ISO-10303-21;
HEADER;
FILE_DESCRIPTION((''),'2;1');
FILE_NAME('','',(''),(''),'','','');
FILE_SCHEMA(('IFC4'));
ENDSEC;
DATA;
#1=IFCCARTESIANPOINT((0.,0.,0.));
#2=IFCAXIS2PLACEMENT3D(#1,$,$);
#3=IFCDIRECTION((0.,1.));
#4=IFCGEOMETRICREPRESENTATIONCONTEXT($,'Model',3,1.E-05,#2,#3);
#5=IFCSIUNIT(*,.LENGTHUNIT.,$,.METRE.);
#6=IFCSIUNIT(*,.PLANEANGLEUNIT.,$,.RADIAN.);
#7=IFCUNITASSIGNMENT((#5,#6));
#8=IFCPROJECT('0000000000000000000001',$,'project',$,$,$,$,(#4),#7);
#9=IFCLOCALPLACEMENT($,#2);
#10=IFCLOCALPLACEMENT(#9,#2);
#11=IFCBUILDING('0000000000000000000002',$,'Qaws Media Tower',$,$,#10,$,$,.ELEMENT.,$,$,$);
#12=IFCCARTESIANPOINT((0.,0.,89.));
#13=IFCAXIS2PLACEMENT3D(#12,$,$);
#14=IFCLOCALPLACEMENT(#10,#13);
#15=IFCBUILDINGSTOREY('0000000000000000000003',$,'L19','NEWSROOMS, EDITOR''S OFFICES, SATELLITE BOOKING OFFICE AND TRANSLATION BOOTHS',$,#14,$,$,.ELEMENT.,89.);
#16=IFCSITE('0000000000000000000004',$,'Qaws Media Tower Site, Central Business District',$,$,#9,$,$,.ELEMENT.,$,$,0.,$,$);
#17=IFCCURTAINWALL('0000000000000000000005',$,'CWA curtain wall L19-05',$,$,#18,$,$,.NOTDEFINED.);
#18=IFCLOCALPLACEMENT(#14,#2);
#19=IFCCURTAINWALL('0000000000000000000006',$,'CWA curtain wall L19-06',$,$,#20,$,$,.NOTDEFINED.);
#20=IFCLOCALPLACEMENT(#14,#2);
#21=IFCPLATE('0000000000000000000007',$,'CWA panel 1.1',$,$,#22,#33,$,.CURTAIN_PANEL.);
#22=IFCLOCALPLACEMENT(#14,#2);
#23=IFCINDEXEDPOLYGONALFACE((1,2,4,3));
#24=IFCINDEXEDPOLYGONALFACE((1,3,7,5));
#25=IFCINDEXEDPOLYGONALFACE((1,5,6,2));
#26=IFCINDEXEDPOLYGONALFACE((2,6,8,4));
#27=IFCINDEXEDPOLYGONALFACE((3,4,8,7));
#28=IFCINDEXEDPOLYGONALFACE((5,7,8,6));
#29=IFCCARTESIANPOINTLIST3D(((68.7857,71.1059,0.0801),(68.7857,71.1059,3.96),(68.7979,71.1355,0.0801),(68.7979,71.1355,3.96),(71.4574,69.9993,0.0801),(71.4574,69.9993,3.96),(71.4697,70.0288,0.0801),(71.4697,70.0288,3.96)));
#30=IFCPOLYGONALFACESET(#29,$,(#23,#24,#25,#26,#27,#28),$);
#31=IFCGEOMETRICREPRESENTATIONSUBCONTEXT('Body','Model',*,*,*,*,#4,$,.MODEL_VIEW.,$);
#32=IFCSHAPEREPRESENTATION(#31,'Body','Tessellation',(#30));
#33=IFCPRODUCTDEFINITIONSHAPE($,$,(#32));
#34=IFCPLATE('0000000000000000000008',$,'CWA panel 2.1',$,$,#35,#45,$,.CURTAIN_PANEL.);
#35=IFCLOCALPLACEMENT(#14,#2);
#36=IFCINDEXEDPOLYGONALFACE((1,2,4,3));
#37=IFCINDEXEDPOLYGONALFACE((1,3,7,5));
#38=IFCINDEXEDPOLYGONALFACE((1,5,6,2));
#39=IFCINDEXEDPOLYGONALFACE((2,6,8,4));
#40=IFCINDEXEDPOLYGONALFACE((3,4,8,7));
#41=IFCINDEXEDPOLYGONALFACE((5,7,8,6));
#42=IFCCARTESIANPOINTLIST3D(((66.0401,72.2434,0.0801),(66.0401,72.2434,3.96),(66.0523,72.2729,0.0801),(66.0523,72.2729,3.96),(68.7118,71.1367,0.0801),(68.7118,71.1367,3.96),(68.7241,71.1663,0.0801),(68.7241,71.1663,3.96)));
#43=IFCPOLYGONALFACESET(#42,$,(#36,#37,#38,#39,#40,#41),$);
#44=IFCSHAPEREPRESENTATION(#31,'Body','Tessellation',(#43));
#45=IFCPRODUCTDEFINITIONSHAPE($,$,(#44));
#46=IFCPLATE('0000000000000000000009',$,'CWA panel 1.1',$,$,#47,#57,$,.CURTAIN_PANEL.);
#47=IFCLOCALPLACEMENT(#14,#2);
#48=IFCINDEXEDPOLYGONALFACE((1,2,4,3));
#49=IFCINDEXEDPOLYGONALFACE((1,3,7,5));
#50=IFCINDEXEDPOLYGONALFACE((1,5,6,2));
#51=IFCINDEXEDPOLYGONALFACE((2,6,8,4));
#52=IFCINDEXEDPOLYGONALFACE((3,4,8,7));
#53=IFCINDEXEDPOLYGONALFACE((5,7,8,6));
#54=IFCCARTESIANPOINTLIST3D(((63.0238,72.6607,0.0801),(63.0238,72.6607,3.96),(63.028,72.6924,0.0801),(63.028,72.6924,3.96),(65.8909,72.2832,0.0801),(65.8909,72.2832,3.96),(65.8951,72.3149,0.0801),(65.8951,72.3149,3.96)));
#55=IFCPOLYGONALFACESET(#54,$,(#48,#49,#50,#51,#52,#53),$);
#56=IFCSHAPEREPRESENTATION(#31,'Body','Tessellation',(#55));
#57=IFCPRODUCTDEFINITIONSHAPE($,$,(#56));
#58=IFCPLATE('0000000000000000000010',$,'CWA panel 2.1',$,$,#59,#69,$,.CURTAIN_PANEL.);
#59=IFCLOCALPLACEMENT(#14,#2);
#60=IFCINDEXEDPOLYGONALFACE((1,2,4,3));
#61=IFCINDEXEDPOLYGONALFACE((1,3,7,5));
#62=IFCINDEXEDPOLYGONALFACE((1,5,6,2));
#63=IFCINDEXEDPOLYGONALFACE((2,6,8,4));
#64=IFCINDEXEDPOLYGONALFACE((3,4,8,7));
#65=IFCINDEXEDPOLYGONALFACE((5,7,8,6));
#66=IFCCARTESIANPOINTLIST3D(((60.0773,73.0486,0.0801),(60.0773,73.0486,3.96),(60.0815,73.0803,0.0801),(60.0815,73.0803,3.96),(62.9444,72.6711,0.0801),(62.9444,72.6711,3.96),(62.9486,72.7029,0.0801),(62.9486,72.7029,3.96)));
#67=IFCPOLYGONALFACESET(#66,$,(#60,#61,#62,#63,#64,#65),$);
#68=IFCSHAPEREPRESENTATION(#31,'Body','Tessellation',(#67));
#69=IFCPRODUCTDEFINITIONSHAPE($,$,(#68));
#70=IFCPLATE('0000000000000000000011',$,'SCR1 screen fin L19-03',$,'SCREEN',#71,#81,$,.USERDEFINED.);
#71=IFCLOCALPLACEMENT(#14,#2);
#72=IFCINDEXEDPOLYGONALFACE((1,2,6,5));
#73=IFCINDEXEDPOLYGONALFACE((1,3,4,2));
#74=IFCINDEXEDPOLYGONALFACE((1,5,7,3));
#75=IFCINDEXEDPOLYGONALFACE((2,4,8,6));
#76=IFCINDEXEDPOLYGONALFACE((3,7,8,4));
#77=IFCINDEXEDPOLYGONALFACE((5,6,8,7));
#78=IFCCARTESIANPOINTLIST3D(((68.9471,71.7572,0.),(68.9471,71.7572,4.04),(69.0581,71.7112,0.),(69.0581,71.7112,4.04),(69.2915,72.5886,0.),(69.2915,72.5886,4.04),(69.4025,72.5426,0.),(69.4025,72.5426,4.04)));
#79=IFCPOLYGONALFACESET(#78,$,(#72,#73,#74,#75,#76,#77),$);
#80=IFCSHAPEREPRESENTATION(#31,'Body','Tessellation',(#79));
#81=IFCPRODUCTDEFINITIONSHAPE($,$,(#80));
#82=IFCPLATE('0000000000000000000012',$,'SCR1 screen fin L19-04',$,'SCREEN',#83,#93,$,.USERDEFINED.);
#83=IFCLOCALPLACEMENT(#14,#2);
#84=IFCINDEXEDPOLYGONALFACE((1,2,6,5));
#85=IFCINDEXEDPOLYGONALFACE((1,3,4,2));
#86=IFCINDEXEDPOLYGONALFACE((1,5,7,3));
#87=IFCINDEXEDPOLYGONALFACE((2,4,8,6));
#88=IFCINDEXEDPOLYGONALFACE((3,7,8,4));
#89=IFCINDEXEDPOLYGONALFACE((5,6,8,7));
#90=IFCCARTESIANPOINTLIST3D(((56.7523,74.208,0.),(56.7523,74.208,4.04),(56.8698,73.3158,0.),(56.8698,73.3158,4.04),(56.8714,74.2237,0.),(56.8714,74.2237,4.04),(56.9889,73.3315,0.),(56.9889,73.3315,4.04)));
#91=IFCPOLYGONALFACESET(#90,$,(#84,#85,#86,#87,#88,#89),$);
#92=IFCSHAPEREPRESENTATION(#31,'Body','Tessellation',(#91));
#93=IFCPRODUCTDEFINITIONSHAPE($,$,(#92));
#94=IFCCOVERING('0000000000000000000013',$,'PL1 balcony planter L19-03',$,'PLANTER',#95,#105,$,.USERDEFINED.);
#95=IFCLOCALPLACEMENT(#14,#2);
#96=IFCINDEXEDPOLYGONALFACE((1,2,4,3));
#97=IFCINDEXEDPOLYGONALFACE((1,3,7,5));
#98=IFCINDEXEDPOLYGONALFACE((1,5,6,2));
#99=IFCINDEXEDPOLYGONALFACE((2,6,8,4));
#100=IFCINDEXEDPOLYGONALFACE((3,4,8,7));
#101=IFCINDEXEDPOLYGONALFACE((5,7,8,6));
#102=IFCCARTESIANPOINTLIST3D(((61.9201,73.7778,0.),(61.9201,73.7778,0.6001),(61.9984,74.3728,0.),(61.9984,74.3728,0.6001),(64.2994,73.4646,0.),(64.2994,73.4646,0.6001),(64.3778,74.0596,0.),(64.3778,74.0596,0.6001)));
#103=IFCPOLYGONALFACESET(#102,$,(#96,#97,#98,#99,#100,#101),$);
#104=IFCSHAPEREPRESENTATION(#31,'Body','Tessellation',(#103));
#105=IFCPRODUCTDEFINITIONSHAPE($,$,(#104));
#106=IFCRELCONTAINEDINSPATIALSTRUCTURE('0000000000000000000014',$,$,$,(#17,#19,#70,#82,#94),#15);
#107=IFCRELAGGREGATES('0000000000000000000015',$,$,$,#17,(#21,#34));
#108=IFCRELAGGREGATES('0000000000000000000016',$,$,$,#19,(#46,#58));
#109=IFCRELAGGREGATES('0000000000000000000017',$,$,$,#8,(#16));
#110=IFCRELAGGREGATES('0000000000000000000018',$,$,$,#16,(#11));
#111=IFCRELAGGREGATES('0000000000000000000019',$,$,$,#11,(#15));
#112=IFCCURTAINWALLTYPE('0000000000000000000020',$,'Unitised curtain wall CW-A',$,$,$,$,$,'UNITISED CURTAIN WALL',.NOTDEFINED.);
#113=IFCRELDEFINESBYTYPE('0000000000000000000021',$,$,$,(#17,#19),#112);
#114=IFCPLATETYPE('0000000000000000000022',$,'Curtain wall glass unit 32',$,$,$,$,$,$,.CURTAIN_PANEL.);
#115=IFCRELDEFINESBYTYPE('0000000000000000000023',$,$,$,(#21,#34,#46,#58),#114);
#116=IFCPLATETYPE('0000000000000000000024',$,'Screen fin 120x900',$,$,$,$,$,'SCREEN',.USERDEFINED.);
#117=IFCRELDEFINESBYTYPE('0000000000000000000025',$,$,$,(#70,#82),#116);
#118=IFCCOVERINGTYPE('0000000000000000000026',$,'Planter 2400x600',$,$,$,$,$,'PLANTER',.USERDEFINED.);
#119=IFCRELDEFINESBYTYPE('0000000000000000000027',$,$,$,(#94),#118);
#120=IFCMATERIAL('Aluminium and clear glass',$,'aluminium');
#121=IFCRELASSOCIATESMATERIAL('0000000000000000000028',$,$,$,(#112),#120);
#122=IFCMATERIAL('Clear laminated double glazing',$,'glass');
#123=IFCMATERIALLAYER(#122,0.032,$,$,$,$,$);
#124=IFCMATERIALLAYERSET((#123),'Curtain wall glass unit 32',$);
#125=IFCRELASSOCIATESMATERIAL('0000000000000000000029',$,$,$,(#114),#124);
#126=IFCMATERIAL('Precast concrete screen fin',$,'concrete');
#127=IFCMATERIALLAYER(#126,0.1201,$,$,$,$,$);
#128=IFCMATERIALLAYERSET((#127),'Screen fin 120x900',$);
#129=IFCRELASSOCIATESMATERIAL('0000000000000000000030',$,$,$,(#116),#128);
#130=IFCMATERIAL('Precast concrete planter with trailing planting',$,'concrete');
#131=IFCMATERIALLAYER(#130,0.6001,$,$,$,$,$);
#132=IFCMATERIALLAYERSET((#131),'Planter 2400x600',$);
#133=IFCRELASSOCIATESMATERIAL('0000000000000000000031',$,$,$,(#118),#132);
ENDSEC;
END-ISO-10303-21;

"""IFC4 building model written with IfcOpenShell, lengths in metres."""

from ifc_helpers import new_model, si_unit, direction, frame, origin, origin_2d, place, context, subcontext, project, spatial, rectangle, extrude, material, layer, layer_set, type_object, element, aggregate, save


model = new_model("IFC4")

# Units and contexts
model_context = context("Model", 3, precision=1e-05, world=origin(), true_north=direction((0.0, 1.0)))
body_context = subcontext(model_context, "Body", "Model", "MODEL_VIEW")
ifc_project = project(units=[si_unit("LENGTHUNIT", "METRE"), si_unit("PLANEANGLEUNIT", "RADIAN")], contexts=[model_context])

# Site, building, storey
site_placement = place(None, origin())
site = spatial("IfcSite", under=ifc_project, at=site_placement, Name="Qaws Media Tower Site, Central Business District", CompositionType="ELEMENT", RefElevation=0.0)
building_placement = place(site_placement, origin())
building = spatial("IfcBuilding", under=site, at=building_placement, Name="Qaws Media Tower", CompositionType="ELEMENT")
storey_placement = place(building_placement, frame((0.0, 0.0, 89.0)))
storey = spatial("IfcBuildingStorey", under=building, at=storey_placement, Name="L19", Description="NEWSROOMS, EDITOR'S OFFICES, SATELLITE BOOKING OFFICE AND TRANSLATION BOOTHS", CompositionType="ELEMENT", Elevation=89.0)

# Curtain walls
ifc_material_1 = material(Name="Aluminium and clear glass", Category="aluminium")
curtain_wall_type = type_object("IfcCurtainWallType", Name="Unitised curtain wall CW-A", ElementType="UNITISED CURTAIN WALL", PredefinedType="NOTDEFINED", material=ifc_material_1)
curtain_wall_1_placement = place(storey_placement, origin())
curtain_wall_1 = element("IfcCurtainWall", 1, at=curtain_wall_1_placement, inside=storey, type_object=curtain_wall_type, Name="CWA curtain wall L19-05", PredefinedType="NOTDEFINED")
curtain_wall_2_placement = place(storey_placement, origin())
curtain_wall_2 = element("IfcCurtainWall", 2, at=curtain_wall_2_placement, inside=storey, type_object=curtain_wall_type, Name="CWA curtain wall L19-06", PredefinedType="NOTDEFINED")

# Plates
ifc_material_2 = material(Name="Clear laminated double glazing", Category="glass")
ifc_layer_1 = layer(ifc_material_2, 0.032)
ifc_layer_set_1 = layer_set([ifc_layer_1], Name="Curtain wall glass unit 32")
plate_type_1 = type_object("IfcPlateType", Name="Curtain wall glass unit 32", PredefinedType="CURTAIN_PANEL", material=ifc_layer_set_1)
plate_1_placement = place(storey_placement, frame((70.1277, 70.5674, 0.0801), z_axis=(0.0, 0.0, 1.0), x_axis=(-0.92388, 0.382683, 0.0)))
plate_1 = element("IfcPlate", 3, at=plate_1_placement, type_object=plate_type_1, Name="CWA panel 1.1", PredefinedType="CURTAIN_PANEL", context=body_context, shape_type="SweptSolid", body=[
    extrude(rectangle(XDim=2.8918, YDim=0.032, at=origin_2d()), origin(), (0.0, 0.0, 1.0), 3.8799),
])
plate_2_placement = place(storey_placement, frame((67.3821, 71.7048, 0.0801), z_axis=(0.0, 0.0, 1.0), x_axis=(-0.92388, 0.382683, 0.0)))
plate_2 = element("IfcPlate", 4, at=plate_2_placement, type_object=plate_type_1, Name="CWA panel 2.1", PredefinedType="CURTAIN_PANEL", context=body_context, shape_type="SweptSolid", body=[
    extrude(rectangle(XDim=2.8918, YDim=0.032, at=origin_2d()), origin(), (0.0, 0.0, 1.0), 3.8799),
])
aggregate(curtain_wall_1, [plate_1, plate_2])
plate_3_placement = place(storey_placement, frame((64.4595, 72.4878, 0.0801), z_axis=(0.0, 0.0, 1.0), x_axis=(-0.991445, 0.130526, 0.0)))
plate_3 = element("IfcPlate", 5, at=plate_3_placement, type_object=plate_type_1, Name="CWA panel 1.1", PredefinedType="CURTAIN_PANEL", context=body_context, shape_type="SweptSolid", body=[
    extrude(rectangle(XDim=2.8918, YDim=0.032, at=origin_2d()), origin(), (0.0, 0.0, 1.0), 3.8799),
])
plate_4_placement = place(storey_placement, frame((61.5129, 72.8757, 0.0801), z_axis=(0.0, 0.0, 1.0), x_axis=(-0.991445, 0.130526, 0.0)))
plate_4 = element("IfcPlate", 6, at=plate_4_placement, type_object=plate_type_1, Name="CWA panel 2.1", PredefinedType="CURTAIN_PANEL", context=body_context, shape_type="SweptSolid", body=[
    extrude(rectangle(XDim=2.8918, YDim=0.032, at=origin_2d()), origin(), (0.0, 0.0, 1.0), 3.8799),
])
aggregate(curtain_wall_2, [plate_3, plate_4])

# Plates
ifc_material_3 = material(Name="Precast concrete screen fin", Category="concrete")
ifc_layer_2 = layer(ifc_material_3, 0.1201)
ifc_layer_set_2 = layer_set([ifc_layer_2], Name="Screen fin 120x900")
plate_type_2 = type_object("IfcPlateType", Name="Screen fin 120x900", ElementType="SCREEN", PredefinedType="USERDEFINED", material=ifc_layer_set_2)
for number, where, z_axis, x_axis, name in (
    (7, (69.1748, 72.1499, 0.0), (0.0, 0.0, 1.0), (0.382683, 0.92388, 0.0), "SCR1 screen fin L19-03"),
    (8, (56.8706, 73.7698, 0.0), (0.0, 0.0, 1.0), (-0.130526, 0.991445, 0.0), "SCR1 screen fin L19-04"),
):
    element("IfcPlate", number, at=place(storey_placement, frame(where, z_axis=z_axis, x_axis=x_axis)), inside=storey, type_object=plate_type_2, Name=name, ObjectType="SCREEN", PredefinedType="USERDEFINED", context=body_context, shape_type="SweptSolid", body=[
        extrude(rectangle(XDim=0.8999, YDim=0.1201, at=origin_2d()), origin(), (0.0, 0.0, 1.0), 4.04),
    ])

# Covering
ifc_material_4 = material(Name="Precast concrete planter with trailing planting", Category="concrete")
ifc_layer_3 = layer(ifc_material_4, 0.6001)
ifc_layer_set_3 = layer_set([ifc_layer_3], Name="Planter 2400x600")
covering_type = type_object("IfcCoveringType", Name="Planter 2400x600", ElementType="PLANTER", PredefinedType="USERDEFINED", material=ifc_layer_set_3)
covering_placement = place(storey_placement, frame((63.1489, 73.9187, 0.0), z_axis=(0.0, 0.0, 1.0), x_axis=(-0.991445, 0.130526, 0.0)))
element("IfcCovering", 9, at=covering_placement, inside=storey, type_object=covering_type, Name="PL1 balcony planter L19-03", ObjectType="PLANTER", PredefinedType="USERDEFINED", context=body_context, shape_type="SweptSolid", body=[
    extrude(rectangle(XDim=2.3999, YDim=0.6001, at=origin_2d()), origin(), (0.0, 0.0, 1.0), 0.6001),
])

save(model, "model.ifc")
